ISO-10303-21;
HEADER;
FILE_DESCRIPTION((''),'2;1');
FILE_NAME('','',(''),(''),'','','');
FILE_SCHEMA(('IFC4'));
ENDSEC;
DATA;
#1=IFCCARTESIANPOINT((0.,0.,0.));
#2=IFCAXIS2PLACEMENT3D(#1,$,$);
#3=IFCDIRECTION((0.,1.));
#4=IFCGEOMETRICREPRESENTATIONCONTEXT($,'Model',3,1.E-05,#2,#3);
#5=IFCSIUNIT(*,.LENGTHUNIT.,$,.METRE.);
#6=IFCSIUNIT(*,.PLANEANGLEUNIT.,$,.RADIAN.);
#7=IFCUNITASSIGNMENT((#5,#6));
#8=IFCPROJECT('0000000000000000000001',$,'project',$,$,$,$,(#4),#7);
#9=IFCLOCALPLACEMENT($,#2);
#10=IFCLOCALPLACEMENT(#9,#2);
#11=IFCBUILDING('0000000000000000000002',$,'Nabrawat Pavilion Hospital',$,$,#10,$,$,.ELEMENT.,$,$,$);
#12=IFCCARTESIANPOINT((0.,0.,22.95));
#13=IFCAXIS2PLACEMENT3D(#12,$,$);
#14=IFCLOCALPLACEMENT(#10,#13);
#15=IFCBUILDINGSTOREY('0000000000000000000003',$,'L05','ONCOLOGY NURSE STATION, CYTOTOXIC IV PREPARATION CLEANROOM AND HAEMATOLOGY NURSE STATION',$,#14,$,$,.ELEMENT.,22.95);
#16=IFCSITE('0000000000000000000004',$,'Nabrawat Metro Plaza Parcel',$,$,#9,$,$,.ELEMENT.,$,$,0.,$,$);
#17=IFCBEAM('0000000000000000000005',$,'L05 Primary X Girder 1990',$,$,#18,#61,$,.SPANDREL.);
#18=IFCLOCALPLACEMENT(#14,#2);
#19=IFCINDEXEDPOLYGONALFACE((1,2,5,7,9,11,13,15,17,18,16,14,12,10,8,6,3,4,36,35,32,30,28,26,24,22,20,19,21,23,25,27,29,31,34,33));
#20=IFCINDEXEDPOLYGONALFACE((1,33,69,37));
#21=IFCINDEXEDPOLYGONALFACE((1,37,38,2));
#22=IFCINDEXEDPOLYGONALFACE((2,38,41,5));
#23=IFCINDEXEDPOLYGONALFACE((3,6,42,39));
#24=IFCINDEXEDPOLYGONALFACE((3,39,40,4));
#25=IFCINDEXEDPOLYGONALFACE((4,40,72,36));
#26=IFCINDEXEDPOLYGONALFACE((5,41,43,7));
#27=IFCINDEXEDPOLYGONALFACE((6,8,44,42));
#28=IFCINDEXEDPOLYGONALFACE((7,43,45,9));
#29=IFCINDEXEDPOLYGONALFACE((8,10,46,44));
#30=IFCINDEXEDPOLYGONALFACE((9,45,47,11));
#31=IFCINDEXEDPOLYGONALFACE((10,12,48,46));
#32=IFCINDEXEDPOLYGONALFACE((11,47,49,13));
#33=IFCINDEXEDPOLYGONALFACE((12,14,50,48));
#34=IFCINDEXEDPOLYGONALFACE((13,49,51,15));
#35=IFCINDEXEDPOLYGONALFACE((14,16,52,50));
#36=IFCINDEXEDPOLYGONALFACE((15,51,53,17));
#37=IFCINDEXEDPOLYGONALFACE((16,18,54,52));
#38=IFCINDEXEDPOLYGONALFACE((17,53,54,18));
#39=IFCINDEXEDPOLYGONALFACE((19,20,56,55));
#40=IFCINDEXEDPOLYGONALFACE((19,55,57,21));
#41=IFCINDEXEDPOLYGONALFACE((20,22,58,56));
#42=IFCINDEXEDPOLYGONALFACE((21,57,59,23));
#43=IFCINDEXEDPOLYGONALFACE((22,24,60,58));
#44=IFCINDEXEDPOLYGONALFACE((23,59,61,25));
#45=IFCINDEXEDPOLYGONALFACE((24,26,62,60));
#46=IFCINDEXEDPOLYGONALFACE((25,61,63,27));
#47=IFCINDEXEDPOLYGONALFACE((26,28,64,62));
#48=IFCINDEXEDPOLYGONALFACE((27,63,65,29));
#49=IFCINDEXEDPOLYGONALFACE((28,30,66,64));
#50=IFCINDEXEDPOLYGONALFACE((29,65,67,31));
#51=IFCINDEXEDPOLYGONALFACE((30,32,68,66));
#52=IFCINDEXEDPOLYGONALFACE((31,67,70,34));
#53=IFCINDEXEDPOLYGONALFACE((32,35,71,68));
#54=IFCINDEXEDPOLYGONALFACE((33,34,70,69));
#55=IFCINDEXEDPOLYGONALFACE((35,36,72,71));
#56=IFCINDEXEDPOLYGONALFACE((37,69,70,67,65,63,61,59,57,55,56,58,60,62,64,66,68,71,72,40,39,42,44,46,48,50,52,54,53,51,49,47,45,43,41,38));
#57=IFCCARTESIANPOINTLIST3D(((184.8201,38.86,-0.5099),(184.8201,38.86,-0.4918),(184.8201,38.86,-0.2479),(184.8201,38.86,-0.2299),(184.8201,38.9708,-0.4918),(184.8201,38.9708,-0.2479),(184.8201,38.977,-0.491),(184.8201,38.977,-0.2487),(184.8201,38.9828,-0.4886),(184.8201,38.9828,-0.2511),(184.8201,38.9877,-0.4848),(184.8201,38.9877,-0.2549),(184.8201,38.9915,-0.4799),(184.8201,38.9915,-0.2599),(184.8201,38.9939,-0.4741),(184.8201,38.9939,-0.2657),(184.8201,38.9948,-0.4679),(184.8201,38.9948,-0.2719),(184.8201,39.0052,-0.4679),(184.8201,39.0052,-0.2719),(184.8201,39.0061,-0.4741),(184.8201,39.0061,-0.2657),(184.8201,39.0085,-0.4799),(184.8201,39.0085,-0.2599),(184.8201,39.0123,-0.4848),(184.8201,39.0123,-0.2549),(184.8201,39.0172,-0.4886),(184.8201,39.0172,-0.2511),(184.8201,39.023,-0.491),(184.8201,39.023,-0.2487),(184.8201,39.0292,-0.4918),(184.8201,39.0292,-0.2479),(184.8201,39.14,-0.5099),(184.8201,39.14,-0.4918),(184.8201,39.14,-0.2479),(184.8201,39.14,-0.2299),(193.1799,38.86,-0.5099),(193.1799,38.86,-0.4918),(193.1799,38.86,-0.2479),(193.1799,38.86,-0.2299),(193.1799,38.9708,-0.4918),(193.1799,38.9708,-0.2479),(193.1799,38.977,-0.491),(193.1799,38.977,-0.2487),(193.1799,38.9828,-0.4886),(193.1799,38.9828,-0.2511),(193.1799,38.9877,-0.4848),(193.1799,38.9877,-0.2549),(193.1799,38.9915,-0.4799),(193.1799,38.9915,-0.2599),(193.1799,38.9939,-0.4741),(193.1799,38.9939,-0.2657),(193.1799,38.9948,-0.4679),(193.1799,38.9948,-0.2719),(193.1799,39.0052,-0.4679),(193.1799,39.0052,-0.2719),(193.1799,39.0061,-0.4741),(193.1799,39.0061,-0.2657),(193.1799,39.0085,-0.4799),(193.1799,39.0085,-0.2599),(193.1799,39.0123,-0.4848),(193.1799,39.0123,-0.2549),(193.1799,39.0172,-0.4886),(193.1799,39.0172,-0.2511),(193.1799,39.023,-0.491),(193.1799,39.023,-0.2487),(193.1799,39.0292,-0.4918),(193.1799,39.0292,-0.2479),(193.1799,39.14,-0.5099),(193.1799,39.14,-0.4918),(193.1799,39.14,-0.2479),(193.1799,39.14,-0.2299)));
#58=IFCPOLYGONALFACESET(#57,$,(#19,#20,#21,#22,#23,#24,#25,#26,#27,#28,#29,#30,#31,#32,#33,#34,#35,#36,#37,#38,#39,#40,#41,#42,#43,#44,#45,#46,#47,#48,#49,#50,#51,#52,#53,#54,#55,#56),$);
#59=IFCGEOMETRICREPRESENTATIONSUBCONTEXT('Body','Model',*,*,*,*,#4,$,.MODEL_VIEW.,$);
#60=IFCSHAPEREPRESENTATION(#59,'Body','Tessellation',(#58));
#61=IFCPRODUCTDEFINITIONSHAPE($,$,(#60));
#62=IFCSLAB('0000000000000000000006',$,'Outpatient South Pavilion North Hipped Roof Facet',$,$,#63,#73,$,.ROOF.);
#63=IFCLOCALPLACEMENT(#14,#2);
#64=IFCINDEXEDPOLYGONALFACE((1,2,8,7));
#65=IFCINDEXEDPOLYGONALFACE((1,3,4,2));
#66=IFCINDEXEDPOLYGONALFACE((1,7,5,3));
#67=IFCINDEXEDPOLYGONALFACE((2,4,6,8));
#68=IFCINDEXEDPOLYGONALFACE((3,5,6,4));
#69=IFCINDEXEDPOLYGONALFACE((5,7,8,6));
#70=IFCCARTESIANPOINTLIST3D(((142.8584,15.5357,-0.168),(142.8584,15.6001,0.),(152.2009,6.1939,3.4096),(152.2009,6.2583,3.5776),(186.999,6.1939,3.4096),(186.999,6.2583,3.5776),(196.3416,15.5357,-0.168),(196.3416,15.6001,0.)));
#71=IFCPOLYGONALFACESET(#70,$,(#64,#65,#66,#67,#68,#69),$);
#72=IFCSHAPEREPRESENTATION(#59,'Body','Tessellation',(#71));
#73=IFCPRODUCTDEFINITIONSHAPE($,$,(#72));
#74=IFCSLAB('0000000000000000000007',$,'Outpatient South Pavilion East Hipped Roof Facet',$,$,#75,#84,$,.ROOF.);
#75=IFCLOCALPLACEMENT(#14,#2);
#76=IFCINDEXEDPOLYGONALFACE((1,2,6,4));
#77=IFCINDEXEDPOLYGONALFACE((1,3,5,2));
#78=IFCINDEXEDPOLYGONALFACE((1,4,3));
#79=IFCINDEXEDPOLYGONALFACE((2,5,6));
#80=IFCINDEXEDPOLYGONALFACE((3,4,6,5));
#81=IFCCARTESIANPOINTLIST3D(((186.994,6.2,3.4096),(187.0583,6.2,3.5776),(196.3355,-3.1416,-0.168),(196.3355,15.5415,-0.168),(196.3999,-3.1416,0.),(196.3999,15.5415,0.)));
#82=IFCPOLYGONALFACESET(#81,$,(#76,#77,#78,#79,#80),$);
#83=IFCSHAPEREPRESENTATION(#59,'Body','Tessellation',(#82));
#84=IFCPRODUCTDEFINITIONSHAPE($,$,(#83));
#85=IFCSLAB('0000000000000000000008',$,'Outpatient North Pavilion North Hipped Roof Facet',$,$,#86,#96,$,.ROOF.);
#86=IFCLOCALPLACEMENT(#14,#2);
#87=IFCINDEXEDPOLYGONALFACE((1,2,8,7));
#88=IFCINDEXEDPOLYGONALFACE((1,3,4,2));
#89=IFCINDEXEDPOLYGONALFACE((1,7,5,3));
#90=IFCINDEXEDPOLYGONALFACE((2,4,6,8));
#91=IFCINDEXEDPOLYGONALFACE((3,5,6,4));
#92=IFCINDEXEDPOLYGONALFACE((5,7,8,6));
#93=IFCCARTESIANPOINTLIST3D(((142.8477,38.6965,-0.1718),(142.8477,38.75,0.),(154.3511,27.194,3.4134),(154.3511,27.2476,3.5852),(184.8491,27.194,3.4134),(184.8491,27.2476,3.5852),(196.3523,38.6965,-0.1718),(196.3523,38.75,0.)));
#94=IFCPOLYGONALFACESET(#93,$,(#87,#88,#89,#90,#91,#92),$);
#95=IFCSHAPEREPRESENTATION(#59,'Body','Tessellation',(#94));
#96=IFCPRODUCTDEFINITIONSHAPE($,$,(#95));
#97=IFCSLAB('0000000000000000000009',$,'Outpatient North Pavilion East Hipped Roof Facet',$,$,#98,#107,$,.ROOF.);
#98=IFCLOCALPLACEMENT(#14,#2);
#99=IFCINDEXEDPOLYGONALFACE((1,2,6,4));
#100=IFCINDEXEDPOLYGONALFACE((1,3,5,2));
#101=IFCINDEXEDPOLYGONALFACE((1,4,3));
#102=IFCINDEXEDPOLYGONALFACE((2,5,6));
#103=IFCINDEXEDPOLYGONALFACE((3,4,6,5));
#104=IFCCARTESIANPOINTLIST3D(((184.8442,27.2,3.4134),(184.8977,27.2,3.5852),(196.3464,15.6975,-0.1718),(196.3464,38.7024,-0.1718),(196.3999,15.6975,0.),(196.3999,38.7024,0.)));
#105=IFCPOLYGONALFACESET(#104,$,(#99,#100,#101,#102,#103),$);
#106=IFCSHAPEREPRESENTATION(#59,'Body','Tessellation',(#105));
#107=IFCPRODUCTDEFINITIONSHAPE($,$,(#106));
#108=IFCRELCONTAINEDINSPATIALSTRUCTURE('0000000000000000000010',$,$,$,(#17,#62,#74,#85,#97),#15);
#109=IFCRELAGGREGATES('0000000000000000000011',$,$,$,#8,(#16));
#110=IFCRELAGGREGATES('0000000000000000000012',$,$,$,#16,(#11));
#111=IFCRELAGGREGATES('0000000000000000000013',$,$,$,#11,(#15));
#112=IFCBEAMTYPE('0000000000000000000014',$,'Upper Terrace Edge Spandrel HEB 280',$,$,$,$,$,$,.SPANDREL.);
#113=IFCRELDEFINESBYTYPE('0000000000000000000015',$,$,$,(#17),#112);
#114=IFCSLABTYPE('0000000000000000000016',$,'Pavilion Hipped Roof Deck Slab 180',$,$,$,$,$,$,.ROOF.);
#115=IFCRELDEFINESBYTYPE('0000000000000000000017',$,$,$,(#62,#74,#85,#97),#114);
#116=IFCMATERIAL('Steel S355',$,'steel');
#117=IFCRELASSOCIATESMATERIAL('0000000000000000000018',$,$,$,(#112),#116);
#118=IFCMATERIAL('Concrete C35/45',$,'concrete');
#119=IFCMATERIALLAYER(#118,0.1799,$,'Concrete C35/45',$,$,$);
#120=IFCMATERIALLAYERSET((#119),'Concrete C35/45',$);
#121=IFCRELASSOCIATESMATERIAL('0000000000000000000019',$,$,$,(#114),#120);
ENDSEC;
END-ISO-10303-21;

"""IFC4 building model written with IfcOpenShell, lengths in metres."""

from ifc_helpers import new_model, si_unit, direction, frame, origin, origin_2d, place, context, subcontext, project, spatial, polyline, i_section, outline, extrude, material, layer, layer_set, material_profile, profile_set, type_object, element, save


model = new_model("IFC4")

# Units and contexts
model_context = context("Model", 3, precision=1e-05, world=origin(), true_north=direction((0.0, 1.0)))
body_context = subcontext(model_context, "Body", "Model", "MODEL_VIEW")
ifc_project = project(units=[si_unit("LENGTHUNIT", "METRE"), si_unit("PLANEANGLEUNIT", "RADIAN")], contexts=[model_context])

# Site, building, storey
site_placement = place(None, origin())
site = spatial("IfcSite", under=ifc_project, at=site_placement, Name="Nabrawat Metro Plaza Parcel", CompositionType="ELEMENT", RefElevation=0.0)
building_placement = place(site_placement, origin())
building = spatial("IfcBuilding", under=site, at=building_placement, Name="Nabrawat Pavilion Hospital", CompositionType="ELEMENT")
storey_placement = place(building_placement, frame((0.0, 0.0, 22.95)))
storey = spatial("IfcBuildingStorey", under=building, at=storey_placement, Name="L05", Description="ONCOLOGY NURSE STATION, CYTOTOXIC IV PREPARATION CLEANROOM AND HAEMATOLOGY NURSE STATION", CompositionType="ELEMENT", Elevation=22.95)

# Shared definitions
ifc_material_1 = material(Name="Steel S355", Category="steel")

# Beam
ifc_material_profile_1 = material_profile(ifc_material_1, i_section(OverallWidth=0.28, OverallDepth=0.28, WebThickness=0.0105, FlangeThickness=0.0181, FilletRadius=0.0239, at=origin_2d()), Name="HEB 280")
ifc_profile_set_1 = profile_set([ifc_material_profile_1], Name="Steel S355")
beam_type_1 = type_object("IfcBeamType", Name="Upper Terrace Edge Spandrel HEB 280", PredefinedType="SPANDREL", material=ifc_profile_set_1)
beam_1_placement = place(storey_placement, frame((184.8201, 39.0, -0.3699), z_axis=(1.0, 0.0, 0.0), x_axis=(0.0, 1.0, 0.0)))
element("IfcBeam", 1, at=beam_1_placement, inside=storey, type_object=beam_type_1, Name="L05 Primary X Girder 1990", PredefinedType="SPANDREL", context=body_context, shape_type="SweptSolid", body=[
    extrude(i_section(OverallWidth=0.28, OverallDepth=0.28, WebThickness=0.0105, FlangeThickness=0.0181, FilletRadius=0.0239, at=origin_2d()), origin(), (0.0, 0.0, 1.0), 8.3599),
])

# Slabs
ifc_material_2 = material(Name="Concrete C35/45", Category="concrete")
ifc_layer = layer(ifc_material_2, 0.1799, Name="Concrete C35/45")
ifc_layer_set = layer_set([ifc_layer], Name="Concrete C35/45")
slab_type = type_object("IfcSlabType", Name="Pavilion Hipped Roof Deck Slab 180", PredefinedType="ROOF", material=ifc_layer_set)
slab_1_placement = place(storey_placement, frame((196.3416, 15.6001, 0.0), z_axis=(0.0, 0.357641, 0.933859), x_axis=(-1.0, 0.0, 0.0)))
element("IfcSlab", 2, at=slab_1_placement, inside=storey, type_object=slab_type, Name="Outpatient South Pavilion North Hipped Roof Facet", PredefinedType="ROOF", context=body_context, shape_type="SweptSolid", body=[
    extrude(outline(polyline([(0.0, 0.0), (53.4832, 0.0), (44.1406, 10.0034), (9.3425, 10.0034), (0.0, 0.0)])), origin(), (0.0, 0.0, -1.0), 0.1799),
])
slab_2_placement = place(storey_placement, frame((196.3999, -3.1416, 0.0), z_axis=(0.357649, 0.0, 0.933856), x_axis=(0.0, 1.0, 0.0)))
element("IfcSlab", 3, at=slab_2_placement, inside=storey, type_object=slab_type, Name="Outpatient South Pavilion East Hipped Roof Facet", PredefinedType="ROOF", context=body_context, shape_type="SweptSolid", body=[
    extrude(outline(polyline([(0.0, 0.0), (18.6831, 0.0), (9.3416, 10.0032), (0.0, 0.0)])), origin(), (0.0, 0.0, -1.0), 0.1799),
])
slab_3_placement = place(storey_placement, frame((196.3523, 38.75, 0.0), z_axis=(0.0, 0.297571, 0.9547), x_axis=(-1.0, 0.0, 0.0)))
element("IfcSlab", 4, at=slab_3_placement, inside=storey, type_object=slab_type, Name="Outpatient North Pavilion North Hipped Roof Facet", PredefinedType="ROOF", context=body_context, shape_type="SweptSolid", body=[
    extrude(outline(polyline([(0.0, 0.0), (53.5046, 0.0), (42.0012, 12.0482), (11.5032, 12.0482), (0.0, 0.0)])), origin(), (0.0, 0.0, -1.0), 0.1799),
])
slab_4_placement = place(storey_placement, frame((196.3999, 15.6975, 0.0), z_axis=(0.297577, 0.0, 0.954698), x_axis=(0.0, 1.0, 0.0)))
element("IfcSlab", 5, at=slab_4_placement, inside=storey, type_object=slab_type, Name="Outpatient North Pavilion East Hipped Roof Facet", PredefinedType="ROOF", context=body_context, shape_type="SweptSolid", body=[
    extrude(outline(polyline([(0.0, 0.0), (23.0049, 0.0), (11.5024, 12.048), (0.0, 0.0)])), origin(), (0.0, 0.0, -1.0), 0.1799),
])

save(model, "model.ifc")
